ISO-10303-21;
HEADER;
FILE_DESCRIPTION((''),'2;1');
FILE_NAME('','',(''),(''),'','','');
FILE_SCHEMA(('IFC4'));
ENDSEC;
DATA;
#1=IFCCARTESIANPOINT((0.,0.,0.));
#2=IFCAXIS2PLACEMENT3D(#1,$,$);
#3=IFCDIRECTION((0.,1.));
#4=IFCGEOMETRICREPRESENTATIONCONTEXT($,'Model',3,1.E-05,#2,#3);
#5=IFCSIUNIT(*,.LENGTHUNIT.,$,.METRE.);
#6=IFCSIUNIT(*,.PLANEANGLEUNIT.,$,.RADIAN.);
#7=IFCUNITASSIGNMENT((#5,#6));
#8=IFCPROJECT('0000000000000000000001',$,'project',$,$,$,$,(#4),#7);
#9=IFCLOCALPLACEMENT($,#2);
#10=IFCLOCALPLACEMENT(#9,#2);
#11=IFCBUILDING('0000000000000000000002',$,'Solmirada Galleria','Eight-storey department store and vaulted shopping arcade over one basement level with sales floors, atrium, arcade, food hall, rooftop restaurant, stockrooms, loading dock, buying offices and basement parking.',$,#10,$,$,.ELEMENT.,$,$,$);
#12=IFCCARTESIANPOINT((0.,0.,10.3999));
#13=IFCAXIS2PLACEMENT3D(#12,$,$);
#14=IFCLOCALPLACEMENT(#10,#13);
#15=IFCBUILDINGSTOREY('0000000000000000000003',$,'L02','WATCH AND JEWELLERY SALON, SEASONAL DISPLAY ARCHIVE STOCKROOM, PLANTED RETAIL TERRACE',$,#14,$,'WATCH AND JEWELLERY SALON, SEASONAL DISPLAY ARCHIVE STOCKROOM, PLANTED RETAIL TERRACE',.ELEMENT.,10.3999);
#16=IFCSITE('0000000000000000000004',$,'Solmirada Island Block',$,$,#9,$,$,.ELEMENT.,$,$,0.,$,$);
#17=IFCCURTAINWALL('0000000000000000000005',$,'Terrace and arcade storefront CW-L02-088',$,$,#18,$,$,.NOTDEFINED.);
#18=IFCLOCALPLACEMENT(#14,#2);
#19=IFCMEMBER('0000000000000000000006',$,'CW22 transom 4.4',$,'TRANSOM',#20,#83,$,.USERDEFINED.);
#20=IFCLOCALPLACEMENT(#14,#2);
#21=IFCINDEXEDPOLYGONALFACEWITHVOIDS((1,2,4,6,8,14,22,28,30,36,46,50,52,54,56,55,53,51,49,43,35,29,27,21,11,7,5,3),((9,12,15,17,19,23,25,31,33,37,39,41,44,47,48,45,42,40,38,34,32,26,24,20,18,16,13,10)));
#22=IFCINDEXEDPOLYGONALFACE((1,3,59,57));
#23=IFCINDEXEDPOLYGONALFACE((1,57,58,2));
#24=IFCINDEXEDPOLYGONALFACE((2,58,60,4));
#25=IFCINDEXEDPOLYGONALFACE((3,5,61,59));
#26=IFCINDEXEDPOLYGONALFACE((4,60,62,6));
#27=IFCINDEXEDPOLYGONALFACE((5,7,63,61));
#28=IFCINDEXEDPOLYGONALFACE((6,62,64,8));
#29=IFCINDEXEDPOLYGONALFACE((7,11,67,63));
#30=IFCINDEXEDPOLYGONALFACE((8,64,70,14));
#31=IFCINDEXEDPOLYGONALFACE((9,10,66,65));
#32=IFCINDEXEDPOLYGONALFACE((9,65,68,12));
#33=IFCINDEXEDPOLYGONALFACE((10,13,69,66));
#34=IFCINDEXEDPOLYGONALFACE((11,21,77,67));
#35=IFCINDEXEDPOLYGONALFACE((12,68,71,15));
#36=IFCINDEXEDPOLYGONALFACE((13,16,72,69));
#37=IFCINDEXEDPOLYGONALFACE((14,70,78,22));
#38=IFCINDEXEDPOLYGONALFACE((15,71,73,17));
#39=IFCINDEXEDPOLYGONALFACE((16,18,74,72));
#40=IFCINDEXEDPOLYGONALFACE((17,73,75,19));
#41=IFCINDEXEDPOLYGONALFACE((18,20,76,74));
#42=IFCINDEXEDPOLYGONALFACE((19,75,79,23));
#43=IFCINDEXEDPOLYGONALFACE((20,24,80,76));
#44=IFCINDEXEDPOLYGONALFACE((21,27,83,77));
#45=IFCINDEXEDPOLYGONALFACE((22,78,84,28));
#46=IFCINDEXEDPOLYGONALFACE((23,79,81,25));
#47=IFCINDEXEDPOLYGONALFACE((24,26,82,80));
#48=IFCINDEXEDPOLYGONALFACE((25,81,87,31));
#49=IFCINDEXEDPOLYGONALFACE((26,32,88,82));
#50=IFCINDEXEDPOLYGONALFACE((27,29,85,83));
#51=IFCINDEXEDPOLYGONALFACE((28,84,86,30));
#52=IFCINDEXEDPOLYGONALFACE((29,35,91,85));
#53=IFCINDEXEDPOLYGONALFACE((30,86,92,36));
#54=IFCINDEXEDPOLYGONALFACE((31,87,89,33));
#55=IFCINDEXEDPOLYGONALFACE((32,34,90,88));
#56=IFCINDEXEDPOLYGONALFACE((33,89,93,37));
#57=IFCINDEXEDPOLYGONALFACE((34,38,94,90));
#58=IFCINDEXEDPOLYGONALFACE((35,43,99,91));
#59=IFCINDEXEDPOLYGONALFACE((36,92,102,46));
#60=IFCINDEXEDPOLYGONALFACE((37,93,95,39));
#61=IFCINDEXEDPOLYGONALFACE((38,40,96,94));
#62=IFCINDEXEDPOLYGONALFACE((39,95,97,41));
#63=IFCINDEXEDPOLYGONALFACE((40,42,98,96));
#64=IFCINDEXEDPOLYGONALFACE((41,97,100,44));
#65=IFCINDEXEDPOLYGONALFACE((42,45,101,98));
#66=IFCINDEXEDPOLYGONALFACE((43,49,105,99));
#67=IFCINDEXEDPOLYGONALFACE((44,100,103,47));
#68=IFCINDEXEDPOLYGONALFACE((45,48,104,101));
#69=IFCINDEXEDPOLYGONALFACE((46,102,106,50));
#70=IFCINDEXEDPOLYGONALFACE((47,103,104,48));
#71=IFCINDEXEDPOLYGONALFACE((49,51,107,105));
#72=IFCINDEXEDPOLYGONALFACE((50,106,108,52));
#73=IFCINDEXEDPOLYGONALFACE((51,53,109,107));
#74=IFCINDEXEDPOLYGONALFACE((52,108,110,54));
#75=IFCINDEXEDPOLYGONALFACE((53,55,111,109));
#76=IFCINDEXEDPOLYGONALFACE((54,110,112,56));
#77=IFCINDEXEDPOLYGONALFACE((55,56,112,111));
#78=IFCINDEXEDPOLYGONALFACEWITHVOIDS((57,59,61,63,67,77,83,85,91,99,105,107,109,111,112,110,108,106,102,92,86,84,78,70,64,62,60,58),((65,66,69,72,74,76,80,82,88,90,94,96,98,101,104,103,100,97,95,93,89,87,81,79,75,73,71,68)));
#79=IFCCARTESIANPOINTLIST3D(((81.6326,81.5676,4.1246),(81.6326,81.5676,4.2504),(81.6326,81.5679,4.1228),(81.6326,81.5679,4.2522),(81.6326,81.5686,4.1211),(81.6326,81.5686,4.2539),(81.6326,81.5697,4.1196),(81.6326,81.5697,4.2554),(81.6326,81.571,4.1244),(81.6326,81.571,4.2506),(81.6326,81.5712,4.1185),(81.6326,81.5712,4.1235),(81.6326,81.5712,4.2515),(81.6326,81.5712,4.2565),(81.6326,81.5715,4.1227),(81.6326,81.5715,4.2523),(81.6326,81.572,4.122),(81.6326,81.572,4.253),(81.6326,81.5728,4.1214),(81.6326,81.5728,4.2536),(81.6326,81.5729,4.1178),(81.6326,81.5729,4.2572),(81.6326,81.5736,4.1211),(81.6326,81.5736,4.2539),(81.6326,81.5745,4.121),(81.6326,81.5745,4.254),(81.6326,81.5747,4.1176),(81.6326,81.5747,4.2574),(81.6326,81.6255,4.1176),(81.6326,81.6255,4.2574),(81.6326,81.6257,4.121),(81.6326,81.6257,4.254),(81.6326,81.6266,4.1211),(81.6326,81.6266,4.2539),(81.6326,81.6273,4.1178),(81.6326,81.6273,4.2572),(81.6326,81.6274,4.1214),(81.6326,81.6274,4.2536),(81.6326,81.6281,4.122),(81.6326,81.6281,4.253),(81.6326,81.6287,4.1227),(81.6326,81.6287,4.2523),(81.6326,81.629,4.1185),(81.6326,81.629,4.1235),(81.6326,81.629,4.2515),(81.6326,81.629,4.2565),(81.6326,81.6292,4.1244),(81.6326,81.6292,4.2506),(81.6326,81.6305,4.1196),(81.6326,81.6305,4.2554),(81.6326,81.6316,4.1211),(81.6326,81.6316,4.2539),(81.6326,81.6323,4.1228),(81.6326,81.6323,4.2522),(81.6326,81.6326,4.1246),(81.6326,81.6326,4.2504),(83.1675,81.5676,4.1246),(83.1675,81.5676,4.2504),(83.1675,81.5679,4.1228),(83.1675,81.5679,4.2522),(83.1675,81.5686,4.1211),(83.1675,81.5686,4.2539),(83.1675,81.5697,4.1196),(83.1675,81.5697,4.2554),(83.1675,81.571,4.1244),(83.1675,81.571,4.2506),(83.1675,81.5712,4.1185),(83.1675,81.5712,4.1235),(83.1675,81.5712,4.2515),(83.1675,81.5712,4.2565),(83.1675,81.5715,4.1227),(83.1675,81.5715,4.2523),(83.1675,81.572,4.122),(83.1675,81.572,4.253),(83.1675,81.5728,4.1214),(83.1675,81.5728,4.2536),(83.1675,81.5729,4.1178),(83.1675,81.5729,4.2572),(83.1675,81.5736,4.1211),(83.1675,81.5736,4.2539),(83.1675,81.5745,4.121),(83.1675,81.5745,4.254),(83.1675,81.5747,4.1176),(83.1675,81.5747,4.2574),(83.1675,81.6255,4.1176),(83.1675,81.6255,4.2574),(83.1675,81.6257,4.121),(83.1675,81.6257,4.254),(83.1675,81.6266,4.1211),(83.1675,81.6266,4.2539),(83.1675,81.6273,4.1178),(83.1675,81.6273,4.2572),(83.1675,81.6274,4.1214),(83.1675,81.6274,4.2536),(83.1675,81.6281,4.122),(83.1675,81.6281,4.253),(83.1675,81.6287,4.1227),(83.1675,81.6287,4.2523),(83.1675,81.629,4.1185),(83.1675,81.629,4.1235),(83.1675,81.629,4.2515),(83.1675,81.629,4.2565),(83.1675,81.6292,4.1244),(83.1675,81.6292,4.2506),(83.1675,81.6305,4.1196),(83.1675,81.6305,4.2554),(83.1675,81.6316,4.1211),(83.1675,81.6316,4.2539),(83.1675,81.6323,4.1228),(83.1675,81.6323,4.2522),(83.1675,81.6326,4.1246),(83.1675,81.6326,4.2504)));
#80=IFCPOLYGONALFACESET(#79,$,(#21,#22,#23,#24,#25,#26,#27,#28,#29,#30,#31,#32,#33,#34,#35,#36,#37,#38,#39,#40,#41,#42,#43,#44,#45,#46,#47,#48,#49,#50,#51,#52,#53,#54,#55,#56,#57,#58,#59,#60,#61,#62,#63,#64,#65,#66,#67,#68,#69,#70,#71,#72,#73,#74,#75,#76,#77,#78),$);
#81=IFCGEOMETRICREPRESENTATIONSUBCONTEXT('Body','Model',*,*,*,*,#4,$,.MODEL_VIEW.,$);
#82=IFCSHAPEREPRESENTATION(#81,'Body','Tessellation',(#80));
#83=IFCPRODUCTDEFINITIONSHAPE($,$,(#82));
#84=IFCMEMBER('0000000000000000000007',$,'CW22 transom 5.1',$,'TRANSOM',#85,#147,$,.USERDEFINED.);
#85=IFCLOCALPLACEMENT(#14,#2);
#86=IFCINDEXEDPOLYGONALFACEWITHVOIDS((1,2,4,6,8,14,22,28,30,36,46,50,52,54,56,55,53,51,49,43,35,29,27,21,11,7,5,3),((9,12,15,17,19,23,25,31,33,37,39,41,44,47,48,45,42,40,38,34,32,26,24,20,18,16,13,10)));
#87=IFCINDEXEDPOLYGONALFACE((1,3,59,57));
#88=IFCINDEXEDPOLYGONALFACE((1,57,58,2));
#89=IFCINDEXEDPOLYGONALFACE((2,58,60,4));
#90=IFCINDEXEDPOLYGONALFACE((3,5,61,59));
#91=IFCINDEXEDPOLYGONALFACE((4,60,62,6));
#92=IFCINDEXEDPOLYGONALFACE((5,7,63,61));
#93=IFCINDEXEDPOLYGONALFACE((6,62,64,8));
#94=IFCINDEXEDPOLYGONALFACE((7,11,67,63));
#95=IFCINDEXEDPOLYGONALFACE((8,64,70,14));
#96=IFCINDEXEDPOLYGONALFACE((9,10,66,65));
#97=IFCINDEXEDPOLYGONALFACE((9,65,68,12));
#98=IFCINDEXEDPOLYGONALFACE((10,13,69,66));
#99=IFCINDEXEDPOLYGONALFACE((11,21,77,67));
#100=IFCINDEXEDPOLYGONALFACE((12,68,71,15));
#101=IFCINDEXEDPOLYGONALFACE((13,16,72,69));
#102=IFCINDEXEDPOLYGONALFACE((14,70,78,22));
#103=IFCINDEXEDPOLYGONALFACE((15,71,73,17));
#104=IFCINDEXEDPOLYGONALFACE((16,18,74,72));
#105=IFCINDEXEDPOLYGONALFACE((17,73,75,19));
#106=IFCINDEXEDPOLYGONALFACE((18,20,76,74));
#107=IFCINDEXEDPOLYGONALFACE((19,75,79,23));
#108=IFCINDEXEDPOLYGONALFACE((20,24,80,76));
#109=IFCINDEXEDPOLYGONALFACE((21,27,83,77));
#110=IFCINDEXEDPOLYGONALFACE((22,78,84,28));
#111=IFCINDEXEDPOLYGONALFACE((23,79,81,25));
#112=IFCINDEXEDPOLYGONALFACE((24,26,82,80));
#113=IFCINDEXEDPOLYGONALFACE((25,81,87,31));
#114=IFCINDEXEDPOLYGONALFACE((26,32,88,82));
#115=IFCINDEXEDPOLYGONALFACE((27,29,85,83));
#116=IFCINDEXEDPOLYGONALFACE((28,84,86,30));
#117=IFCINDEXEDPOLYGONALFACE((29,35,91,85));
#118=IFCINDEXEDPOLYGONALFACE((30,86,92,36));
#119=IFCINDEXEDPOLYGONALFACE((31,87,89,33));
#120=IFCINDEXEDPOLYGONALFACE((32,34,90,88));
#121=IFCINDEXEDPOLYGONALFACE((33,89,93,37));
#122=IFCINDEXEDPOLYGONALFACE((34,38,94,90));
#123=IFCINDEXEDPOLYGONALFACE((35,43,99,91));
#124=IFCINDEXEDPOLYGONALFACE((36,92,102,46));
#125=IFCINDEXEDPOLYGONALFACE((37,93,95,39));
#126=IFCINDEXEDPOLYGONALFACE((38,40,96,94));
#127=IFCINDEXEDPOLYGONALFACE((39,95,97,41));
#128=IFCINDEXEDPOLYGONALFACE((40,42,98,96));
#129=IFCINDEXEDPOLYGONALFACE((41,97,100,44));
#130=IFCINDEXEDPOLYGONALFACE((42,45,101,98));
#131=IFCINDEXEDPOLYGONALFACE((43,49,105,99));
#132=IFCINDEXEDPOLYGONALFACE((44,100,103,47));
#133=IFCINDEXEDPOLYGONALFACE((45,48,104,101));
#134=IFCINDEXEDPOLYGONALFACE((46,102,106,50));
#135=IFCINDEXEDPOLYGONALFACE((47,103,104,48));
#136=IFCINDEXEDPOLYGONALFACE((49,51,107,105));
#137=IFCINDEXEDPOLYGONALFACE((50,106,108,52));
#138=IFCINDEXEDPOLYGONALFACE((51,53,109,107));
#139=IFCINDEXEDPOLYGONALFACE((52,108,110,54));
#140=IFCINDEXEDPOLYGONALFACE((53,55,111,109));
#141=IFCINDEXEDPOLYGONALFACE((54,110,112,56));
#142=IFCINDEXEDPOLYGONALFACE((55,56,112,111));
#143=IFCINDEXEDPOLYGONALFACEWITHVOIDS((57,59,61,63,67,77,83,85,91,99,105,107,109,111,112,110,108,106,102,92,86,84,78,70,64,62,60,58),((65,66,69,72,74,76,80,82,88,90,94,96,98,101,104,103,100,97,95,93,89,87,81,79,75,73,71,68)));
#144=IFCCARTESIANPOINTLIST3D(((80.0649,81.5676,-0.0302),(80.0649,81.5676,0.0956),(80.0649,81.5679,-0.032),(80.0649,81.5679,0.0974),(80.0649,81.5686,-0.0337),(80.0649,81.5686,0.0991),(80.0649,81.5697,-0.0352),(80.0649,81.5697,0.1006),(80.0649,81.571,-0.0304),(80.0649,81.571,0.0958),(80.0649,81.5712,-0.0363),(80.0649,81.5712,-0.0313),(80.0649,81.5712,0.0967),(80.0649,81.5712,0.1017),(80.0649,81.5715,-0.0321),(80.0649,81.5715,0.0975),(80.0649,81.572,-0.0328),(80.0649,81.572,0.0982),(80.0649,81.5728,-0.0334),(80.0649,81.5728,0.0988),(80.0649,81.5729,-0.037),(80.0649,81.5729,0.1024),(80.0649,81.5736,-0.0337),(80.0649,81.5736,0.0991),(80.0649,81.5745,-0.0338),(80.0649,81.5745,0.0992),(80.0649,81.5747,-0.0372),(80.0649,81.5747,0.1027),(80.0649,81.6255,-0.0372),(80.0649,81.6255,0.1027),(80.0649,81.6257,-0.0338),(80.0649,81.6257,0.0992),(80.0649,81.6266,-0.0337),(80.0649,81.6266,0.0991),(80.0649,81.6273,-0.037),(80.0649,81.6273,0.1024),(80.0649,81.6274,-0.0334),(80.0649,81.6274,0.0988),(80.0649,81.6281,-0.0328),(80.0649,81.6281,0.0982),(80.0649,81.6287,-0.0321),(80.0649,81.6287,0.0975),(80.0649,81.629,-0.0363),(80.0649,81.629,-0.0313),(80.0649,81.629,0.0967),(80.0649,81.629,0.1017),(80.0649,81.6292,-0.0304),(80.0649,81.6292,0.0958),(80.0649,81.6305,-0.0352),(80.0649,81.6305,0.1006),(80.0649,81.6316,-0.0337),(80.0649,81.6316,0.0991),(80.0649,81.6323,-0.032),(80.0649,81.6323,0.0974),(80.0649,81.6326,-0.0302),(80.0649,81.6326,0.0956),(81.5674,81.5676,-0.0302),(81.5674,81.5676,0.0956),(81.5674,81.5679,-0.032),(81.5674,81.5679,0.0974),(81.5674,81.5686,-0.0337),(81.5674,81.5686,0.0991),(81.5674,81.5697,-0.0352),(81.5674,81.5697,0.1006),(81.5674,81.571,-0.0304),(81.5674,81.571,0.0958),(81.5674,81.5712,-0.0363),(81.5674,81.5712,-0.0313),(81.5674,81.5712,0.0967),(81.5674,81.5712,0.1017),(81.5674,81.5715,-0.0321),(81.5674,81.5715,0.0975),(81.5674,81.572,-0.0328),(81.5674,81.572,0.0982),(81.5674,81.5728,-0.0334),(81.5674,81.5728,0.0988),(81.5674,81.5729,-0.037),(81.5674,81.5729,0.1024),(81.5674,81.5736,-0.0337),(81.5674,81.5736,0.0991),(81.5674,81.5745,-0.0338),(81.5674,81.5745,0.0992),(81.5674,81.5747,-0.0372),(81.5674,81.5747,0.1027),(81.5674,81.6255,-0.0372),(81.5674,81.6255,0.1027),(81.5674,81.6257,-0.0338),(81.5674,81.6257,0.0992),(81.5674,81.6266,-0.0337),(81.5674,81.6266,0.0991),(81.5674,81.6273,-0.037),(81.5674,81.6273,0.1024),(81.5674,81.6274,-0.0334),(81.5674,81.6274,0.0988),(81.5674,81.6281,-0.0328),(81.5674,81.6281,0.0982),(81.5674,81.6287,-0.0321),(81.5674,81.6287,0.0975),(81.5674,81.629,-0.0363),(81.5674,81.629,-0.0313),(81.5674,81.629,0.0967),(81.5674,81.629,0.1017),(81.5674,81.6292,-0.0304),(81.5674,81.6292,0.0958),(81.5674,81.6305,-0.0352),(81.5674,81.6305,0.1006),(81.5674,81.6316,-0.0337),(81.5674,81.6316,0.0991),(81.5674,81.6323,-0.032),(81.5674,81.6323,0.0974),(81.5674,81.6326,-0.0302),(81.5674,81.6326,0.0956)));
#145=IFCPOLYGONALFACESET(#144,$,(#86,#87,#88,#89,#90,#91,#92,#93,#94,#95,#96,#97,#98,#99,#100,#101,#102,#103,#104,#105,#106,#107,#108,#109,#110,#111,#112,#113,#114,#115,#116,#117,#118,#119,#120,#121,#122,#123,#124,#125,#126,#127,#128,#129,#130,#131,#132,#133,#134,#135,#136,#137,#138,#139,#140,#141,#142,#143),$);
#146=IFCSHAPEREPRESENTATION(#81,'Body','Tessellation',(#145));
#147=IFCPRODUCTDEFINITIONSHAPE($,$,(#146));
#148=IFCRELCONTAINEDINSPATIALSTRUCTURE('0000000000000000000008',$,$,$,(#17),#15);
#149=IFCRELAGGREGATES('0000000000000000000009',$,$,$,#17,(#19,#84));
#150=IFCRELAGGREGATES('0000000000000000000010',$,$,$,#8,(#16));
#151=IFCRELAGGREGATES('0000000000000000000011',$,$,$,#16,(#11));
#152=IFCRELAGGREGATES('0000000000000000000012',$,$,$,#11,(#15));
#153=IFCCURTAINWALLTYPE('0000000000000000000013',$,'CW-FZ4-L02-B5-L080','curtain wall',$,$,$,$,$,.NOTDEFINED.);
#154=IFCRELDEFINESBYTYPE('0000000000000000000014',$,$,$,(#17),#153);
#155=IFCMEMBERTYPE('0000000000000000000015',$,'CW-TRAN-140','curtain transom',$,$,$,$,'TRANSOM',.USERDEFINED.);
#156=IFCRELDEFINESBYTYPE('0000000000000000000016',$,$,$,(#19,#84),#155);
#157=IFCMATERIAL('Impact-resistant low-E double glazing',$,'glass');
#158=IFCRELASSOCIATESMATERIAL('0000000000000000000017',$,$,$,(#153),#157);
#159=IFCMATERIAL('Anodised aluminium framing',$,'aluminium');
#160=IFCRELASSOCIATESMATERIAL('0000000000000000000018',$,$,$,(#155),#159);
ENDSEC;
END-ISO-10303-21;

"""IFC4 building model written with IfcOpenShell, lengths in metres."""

from ifc_helpers import new_model, si_unit, direction, frame, origin, origin_2d, place, context, subcontext, project, spatial, hollow_rectangle, extrude, material, material_profile, profile_set, type_object, element, aggregate, save


model = new_model("IFC4")

# Units and contexts
model_context = context("Model", 3, precision=1e-05, world=origin(), true_north=direction((0.0, 1.0)))
body_context = subcontext(model_context, "Body", "Model", "MODEL_VIEW")
ifc_project = project(units=[si_unit("LENGTHUNIT", "METRE"), si_unit("PLANEANGLEUNIT", "RADIAN")], contexts=[model_context])

# Site, building, storey
site_placement = place(None, origin())
site = spatial("IfcSite", under=ifc_project, at=site_placement, Name="Solmirada Island Block", CompositionType="ELEMENT", RefElevation=0.0)
building_placement = place(site_placement, origin())
building = spatial("IfcBuilding", under=site, at=building_placement, Name="Solmirada Galleria", Description="Eight-storey department store and vaulted shopping arcade over one basement level with sales floors, atrium, arcade, food hall, rooftop restaurant, stockrooms, loading dock, buying offices and basement parking.", CompositionType="ELEMENT")
storey_placement = place(building_placement, frame((0.0, 0.0, 10.3999)))
storey = spatial("IfcBuildingStorey", under=building, at=storey_placement, Name="L02", Description="WATCH AND JEWELLERY SALON, SEASONAL DISPLAY ARCHIVE STOCKROOM, PLANTED RETAIL TERRACE", LongName="WATCH AND JEWELLERY SALON, SEASONAL DISPLAY ARCHIVE STOCKROOM, PLANTED RETAIL TERRACE", CompositionType="ELEMENT", Elevation=10.3999)

# Curtain wall, members
ifc_material_1 = material(Name="Impact-resistant low-E double glazing", Category="glass")
curtain_wall_type = type_object("IfcCurtainWallType", Name="CW-FZ4-L02-B5-L080", Description="curtain wall", PredefinedType="NOTDEFINED", material=ifc_material_1)
curtain_wall_placement = place(storey_placement, origin())
curtain_wall = element("IfcCurtainWall", 1, at=curtain_wall_placement, inside=storey, type_object=curtain_wall_type, Name="Terrace and arcade storefront CW-L02-088", PredefinedType="NOTDEFINED")
ifc_material_2 = material(Name="Anodised aluminium framing", Category="aluminium")
ifc_material_profile_1 = material_profile(ifc_material_2, hollow_rectangle(XDim=0.0649, YDim=0.1399, WallThickness=0.0034, InnerFilletRadius=0.0034, OuterFilletRadius=0.0071, at=origin_2d()), Name="ALU-TRAN-140X65")
ifc_profile_set_1 = profile_set([ifc_material_profile_1], Name="Anodised aluminium framing")
member_type_1 = type_object("IfcMemberType", Name="CW-TRAN-140", Description="curtain transom", ElementType="TRANSOM", PredefinedType="USERDEFINED", material=ifc_profile_set_1)
member_1_placement = place(storey_placement, frame((83.1675, 81.6001, 4.1875), z_axis=(-1.0, 0.0, 0.0), x_axis=(0.0, -1.0, 0.0)))
member_1 = element("IfcMember", 2, at=member_1_placement, type_object=member_type_1, Name="CW22 transom 4.4", ObjectType="TRANSOM", PredefinedType="USERDEFINED", context=body_context, shape_type="SweptSolid", body=[
    extrude(hollow_rectangle(XDim=0.0649, YDim=0.1399, WallThickness=0.0034, InnerFilletRadius=0.0034, OuterFilletRadius=0.0071, at=origin_2d()), origin(), (0.0, 0.0, 1.0), 1.5349),
])
member_2_placement = place(storey_placement, frame((81.5674, 81.6001, 0.0327), z_axis=(-1.0, 0.0, 0.0), x_axis=(0.0, -1.0, 0.0)))
member_2 = element("IfcMember", 3, at=member_2_placement, type_object=member_type_1, Name="CW22 transom 5.1", ObjectType="TRANSOM", PredefinedType="USERDEFINED", context=body_context, shape_type="SweptSolid", body=[
    extrude(hollow_rectangle(XDim=0.0649, YDim=0.1399, WallThickness=0.0034, InnerFilletRadius=0.0034, OuterFilletRadius=0.0071, at=origin_2d()), origin(), (0.0, 0.0, 1.0), 1.5024),
])
aggregate(curtain_wall, [member_1, member_2])

save(model, "model.ifc")
